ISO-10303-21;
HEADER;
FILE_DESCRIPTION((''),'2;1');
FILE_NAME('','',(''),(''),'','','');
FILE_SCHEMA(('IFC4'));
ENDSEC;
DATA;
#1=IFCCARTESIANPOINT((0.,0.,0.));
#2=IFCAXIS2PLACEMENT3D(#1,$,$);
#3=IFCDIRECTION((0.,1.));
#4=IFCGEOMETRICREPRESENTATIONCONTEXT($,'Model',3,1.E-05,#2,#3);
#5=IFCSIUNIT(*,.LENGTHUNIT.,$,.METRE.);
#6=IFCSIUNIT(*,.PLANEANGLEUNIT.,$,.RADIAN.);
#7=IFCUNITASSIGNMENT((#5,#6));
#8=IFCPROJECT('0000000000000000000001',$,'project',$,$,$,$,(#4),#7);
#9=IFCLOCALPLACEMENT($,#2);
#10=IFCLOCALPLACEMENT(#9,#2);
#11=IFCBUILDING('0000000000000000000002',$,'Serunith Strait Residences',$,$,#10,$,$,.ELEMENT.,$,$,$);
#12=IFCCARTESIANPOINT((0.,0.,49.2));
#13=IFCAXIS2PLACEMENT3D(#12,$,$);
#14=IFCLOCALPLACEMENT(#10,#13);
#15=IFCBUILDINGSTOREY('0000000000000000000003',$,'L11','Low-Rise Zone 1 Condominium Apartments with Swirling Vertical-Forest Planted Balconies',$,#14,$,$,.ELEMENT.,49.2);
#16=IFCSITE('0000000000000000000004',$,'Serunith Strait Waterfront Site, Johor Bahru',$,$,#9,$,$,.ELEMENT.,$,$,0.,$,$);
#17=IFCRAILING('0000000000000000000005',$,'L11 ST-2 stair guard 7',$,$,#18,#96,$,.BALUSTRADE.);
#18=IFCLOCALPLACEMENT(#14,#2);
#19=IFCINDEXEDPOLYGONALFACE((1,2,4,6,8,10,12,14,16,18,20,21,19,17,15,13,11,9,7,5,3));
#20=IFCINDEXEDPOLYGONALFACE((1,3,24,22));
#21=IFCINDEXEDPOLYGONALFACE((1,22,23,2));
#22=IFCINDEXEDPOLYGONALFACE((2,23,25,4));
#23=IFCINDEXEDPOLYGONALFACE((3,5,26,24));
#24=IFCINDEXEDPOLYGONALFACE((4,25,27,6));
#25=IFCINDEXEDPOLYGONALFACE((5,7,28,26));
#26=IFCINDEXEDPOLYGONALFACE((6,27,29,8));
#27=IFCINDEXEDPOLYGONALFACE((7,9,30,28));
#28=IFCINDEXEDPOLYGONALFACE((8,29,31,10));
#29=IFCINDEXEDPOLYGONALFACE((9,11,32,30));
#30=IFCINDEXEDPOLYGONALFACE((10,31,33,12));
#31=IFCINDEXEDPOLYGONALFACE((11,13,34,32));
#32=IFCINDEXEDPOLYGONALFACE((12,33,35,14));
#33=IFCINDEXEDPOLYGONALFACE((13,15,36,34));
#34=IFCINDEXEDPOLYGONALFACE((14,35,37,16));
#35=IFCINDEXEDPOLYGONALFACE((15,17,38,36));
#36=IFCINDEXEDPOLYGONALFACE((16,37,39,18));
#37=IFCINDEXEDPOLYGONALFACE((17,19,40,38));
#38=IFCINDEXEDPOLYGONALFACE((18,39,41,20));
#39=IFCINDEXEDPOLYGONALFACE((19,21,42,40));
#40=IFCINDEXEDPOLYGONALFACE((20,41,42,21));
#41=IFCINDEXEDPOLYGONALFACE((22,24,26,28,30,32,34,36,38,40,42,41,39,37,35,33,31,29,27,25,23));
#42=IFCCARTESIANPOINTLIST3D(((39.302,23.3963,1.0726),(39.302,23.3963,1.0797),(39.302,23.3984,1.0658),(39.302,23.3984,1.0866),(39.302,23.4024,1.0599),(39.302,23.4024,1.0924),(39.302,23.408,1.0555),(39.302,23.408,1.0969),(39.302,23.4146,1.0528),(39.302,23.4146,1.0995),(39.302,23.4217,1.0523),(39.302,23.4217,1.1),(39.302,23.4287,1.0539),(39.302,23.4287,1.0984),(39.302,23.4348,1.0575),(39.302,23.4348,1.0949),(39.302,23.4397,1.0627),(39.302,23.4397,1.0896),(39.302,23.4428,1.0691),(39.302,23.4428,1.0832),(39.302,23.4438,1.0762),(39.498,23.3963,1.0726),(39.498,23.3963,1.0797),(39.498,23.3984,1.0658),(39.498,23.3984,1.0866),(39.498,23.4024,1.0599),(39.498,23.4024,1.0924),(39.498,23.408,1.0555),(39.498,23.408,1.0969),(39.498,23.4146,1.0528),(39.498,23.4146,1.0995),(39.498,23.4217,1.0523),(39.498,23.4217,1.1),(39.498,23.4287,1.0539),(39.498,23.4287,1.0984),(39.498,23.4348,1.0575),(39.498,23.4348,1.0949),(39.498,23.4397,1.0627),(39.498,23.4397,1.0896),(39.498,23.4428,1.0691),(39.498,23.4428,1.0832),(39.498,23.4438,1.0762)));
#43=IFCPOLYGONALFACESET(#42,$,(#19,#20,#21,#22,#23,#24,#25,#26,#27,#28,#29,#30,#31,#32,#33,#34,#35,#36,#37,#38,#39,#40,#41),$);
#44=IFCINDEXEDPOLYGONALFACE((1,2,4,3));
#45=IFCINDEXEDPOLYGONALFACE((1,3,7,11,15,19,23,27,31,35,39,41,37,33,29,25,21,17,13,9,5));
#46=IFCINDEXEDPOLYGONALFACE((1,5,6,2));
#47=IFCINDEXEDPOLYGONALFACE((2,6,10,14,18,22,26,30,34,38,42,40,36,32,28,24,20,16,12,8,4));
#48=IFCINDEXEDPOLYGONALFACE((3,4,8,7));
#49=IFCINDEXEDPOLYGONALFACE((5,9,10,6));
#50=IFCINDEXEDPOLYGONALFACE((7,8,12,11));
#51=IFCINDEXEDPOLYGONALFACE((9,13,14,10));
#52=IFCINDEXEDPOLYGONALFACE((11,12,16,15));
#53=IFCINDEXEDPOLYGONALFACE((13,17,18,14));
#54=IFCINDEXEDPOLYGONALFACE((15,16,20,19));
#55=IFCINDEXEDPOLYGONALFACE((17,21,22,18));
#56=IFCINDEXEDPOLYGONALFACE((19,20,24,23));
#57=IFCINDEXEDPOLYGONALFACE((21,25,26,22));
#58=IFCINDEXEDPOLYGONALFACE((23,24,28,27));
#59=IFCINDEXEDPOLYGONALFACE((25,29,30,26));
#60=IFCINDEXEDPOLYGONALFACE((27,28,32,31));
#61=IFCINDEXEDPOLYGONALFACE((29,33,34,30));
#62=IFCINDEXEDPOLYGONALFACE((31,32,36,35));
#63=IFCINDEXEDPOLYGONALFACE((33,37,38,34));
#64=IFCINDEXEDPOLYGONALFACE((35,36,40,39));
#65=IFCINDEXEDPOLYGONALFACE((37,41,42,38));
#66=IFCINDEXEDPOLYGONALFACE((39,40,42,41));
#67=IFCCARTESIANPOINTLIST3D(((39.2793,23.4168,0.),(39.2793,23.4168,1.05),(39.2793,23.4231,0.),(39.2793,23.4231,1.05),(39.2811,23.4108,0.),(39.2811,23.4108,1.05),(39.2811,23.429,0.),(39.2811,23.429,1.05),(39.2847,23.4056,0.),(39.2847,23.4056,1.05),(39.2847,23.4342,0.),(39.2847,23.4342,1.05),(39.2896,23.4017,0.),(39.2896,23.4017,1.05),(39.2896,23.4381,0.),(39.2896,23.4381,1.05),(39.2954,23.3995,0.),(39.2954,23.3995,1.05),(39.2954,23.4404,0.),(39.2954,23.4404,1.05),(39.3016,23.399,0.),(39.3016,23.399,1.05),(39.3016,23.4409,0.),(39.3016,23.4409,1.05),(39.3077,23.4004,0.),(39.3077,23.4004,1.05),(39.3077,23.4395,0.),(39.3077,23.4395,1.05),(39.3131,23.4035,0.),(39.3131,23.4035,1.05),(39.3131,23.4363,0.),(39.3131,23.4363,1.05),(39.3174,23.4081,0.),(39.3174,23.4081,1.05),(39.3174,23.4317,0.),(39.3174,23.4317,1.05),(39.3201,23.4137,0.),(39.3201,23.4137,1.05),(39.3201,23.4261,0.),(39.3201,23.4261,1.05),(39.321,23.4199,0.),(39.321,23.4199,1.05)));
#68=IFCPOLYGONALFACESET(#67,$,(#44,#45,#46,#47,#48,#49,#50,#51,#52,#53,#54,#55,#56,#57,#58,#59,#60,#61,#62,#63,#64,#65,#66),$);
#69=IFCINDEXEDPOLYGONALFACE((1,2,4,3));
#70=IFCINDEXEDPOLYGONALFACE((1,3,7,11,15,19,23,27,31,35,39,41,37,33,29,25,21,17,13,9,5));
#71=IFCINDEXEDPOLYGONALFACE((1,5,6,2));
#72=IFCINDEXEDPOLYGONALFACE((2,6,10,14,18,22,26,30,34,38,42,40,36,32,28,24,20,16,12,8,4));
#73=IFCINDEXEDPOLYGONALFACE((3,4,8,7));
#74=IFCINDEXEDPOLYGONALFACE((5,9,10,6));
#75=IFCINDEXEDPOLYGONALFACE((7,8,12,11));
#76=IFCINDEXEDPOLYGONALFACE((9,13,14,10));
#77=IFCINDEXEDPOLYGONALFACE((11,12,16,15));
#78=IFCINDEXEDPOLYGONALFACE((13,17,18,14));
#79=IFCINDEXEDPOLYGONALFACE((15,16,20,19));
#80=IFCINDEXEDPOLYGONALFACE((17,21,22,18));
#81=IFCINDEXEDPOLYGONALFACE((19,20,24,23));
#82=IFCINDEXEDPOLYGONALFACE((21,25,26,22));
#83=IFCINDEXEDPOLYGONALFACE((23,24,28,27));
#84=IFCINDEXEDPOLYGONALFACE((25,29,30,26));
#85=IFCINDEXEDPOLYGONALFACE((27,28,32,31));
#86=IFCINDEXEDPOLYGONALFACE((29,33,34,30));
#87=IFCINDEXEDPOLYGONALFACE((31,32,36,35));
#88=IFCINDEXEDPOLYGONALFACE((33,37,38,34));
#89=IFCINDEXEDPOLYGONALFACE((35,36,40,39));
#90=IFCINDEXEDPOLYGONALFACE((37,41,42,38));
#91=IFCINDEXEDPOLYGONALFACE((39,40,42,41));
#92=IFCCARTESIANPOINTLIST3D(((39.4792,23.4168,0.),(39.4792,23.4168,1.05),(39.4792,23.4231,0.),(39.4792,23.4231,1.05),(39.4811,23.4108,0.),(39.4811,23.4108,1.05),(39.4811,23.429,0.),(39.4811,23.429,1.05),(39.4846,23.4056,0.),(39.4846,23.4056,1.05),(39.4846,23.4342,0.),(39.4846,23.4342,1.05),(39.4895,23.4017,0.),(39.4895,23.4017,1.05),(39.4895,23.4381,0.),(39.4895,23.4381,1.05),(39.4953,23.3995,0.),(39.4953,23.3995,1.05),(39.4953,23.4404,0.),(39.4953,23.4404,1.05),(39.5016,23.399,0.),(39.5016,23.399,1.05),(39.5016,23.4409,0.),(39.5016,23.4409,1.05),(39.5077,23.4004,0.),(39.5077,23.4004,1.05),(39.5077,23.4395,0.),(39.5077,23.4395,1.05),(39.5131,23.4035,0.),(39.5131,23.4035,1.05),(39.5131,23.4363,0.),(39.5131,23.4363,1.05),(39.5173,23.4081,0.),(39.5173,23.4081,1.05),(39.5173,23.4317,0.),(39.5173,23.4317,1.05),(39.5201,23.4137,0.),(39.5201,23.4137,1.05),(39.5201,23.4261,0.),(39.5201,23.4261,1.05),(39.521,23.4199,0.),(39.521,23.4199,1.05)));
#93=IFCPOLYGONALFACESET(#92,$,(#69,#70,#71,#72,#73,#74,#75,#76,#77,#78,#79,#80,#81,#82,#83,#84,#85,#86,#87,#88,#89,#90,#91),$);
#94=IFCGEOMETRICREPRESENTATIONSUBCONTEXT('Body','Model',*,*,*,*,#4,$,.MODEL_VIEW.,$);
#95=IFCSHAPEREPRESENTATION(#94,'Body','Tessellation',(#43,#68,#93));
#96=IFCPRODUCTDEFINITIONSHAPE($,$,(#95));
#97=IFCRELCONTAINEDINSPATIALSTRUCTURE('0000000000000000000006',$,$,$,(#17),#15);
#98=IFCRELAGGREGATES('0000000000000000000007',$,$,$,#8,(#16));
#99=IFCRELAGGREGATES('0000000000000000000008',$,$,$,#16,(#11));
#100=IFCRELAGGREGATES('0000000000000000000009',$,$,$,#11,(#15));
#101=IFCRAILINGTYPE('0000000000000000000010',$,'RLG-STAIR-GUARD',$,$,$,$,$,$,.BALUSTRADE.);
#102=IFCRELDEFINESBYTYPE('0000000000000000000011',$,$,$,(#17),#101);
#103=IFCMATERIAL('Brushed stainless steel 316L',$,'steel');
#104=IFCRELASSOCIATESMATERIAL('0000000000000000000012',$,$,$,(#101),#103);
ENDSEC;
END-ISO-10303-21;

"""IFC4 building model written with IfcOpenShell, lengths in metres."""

from ifc_helpers import new_model, si_unit, direction, frame, origin, origin_2d, place, context, subcontext, project, spatial, circle, extrude, material, type_object, element, save


model = new_model("IFC4")

# Units and contexts
model_context = context("Model", 3, precision=1e-05, world=origin(), true_north=direction((0.0, 1.0)))
body_context = subcontext(model_context, "Body", "Model", "MODEL_VIEW")
ifc_project = project(units=[si_unit("LENGTHUNIT", "METRE"), si_unit("PLANEANGLEUNIT", "RADIAN")], contexts=[model_context])

# Site, building, storey
site_placement = place(None, origin())
site = spatial("IfcSite", under=ifc_project, at=site_placement, Name="Serunith Strait Waterfront Site, Johor Bahru", CompositionType="ELEMENT", RefElevation=0.0)
building_placement = place(site_placement, origin())
building = spatial("IfcBuilding", under=site, at=building_placement, Name="Serunith Strait Residences", CompositionType="ELEMENT")
storey_placement = place(building_placement, frame((0.0, 0.0, 49.2)))
storey = spatial("IfcBuildingStorey", under=building, at=storey_placement, Name="L11", Description="Low-Rise Zone 1 Condominium Apartments with Swirling Vertical-Forest Planted Balconies", CompositionType="ELEMENT", Elevation=49.2)

# Railing
ifc_material_1 = material(Name="Brushed stainless steel 316L", Category="steel")
railing_type_1 = type_object("IfcRailingType", Name="RLG-STAIR-GUARD", PredefinedType="BALUSTRADE", material=ifc_material_1)
railing_1_placement = place(storey_placement, frame((39.3, 23.4199, 0.0)))
element("IfcRailing", 1, at=railing_1_placement, inside=storey, type_object=railing_type_1, Name="L11 ST-2 stair guard 7", PredefinedType="BALUSTRADE", context=body_context, shape_type="SweptSolid", body=[
    extrude(circle(Radius=0.0239, at=origin_2d()), frame((0.002, 0.0, 1.0762), z_axis=(1.0, 0.0, 0.0), x_axis=(0.0, 1.0, 0.0)), (0.0, 0.0, 1.0), 0.196),
    extrude(circle(Radius=0.021, at=origin_2d()), origin(), (0.0, 0.0, 1.0), 1.05),
    extrude(circle(Radius=0.021, at=origin_2d()), frame((0.2, 0.0, 0.0)), (0.0, 0.0, 1.0), 1.05),
])

save(model, "model.ifc")
